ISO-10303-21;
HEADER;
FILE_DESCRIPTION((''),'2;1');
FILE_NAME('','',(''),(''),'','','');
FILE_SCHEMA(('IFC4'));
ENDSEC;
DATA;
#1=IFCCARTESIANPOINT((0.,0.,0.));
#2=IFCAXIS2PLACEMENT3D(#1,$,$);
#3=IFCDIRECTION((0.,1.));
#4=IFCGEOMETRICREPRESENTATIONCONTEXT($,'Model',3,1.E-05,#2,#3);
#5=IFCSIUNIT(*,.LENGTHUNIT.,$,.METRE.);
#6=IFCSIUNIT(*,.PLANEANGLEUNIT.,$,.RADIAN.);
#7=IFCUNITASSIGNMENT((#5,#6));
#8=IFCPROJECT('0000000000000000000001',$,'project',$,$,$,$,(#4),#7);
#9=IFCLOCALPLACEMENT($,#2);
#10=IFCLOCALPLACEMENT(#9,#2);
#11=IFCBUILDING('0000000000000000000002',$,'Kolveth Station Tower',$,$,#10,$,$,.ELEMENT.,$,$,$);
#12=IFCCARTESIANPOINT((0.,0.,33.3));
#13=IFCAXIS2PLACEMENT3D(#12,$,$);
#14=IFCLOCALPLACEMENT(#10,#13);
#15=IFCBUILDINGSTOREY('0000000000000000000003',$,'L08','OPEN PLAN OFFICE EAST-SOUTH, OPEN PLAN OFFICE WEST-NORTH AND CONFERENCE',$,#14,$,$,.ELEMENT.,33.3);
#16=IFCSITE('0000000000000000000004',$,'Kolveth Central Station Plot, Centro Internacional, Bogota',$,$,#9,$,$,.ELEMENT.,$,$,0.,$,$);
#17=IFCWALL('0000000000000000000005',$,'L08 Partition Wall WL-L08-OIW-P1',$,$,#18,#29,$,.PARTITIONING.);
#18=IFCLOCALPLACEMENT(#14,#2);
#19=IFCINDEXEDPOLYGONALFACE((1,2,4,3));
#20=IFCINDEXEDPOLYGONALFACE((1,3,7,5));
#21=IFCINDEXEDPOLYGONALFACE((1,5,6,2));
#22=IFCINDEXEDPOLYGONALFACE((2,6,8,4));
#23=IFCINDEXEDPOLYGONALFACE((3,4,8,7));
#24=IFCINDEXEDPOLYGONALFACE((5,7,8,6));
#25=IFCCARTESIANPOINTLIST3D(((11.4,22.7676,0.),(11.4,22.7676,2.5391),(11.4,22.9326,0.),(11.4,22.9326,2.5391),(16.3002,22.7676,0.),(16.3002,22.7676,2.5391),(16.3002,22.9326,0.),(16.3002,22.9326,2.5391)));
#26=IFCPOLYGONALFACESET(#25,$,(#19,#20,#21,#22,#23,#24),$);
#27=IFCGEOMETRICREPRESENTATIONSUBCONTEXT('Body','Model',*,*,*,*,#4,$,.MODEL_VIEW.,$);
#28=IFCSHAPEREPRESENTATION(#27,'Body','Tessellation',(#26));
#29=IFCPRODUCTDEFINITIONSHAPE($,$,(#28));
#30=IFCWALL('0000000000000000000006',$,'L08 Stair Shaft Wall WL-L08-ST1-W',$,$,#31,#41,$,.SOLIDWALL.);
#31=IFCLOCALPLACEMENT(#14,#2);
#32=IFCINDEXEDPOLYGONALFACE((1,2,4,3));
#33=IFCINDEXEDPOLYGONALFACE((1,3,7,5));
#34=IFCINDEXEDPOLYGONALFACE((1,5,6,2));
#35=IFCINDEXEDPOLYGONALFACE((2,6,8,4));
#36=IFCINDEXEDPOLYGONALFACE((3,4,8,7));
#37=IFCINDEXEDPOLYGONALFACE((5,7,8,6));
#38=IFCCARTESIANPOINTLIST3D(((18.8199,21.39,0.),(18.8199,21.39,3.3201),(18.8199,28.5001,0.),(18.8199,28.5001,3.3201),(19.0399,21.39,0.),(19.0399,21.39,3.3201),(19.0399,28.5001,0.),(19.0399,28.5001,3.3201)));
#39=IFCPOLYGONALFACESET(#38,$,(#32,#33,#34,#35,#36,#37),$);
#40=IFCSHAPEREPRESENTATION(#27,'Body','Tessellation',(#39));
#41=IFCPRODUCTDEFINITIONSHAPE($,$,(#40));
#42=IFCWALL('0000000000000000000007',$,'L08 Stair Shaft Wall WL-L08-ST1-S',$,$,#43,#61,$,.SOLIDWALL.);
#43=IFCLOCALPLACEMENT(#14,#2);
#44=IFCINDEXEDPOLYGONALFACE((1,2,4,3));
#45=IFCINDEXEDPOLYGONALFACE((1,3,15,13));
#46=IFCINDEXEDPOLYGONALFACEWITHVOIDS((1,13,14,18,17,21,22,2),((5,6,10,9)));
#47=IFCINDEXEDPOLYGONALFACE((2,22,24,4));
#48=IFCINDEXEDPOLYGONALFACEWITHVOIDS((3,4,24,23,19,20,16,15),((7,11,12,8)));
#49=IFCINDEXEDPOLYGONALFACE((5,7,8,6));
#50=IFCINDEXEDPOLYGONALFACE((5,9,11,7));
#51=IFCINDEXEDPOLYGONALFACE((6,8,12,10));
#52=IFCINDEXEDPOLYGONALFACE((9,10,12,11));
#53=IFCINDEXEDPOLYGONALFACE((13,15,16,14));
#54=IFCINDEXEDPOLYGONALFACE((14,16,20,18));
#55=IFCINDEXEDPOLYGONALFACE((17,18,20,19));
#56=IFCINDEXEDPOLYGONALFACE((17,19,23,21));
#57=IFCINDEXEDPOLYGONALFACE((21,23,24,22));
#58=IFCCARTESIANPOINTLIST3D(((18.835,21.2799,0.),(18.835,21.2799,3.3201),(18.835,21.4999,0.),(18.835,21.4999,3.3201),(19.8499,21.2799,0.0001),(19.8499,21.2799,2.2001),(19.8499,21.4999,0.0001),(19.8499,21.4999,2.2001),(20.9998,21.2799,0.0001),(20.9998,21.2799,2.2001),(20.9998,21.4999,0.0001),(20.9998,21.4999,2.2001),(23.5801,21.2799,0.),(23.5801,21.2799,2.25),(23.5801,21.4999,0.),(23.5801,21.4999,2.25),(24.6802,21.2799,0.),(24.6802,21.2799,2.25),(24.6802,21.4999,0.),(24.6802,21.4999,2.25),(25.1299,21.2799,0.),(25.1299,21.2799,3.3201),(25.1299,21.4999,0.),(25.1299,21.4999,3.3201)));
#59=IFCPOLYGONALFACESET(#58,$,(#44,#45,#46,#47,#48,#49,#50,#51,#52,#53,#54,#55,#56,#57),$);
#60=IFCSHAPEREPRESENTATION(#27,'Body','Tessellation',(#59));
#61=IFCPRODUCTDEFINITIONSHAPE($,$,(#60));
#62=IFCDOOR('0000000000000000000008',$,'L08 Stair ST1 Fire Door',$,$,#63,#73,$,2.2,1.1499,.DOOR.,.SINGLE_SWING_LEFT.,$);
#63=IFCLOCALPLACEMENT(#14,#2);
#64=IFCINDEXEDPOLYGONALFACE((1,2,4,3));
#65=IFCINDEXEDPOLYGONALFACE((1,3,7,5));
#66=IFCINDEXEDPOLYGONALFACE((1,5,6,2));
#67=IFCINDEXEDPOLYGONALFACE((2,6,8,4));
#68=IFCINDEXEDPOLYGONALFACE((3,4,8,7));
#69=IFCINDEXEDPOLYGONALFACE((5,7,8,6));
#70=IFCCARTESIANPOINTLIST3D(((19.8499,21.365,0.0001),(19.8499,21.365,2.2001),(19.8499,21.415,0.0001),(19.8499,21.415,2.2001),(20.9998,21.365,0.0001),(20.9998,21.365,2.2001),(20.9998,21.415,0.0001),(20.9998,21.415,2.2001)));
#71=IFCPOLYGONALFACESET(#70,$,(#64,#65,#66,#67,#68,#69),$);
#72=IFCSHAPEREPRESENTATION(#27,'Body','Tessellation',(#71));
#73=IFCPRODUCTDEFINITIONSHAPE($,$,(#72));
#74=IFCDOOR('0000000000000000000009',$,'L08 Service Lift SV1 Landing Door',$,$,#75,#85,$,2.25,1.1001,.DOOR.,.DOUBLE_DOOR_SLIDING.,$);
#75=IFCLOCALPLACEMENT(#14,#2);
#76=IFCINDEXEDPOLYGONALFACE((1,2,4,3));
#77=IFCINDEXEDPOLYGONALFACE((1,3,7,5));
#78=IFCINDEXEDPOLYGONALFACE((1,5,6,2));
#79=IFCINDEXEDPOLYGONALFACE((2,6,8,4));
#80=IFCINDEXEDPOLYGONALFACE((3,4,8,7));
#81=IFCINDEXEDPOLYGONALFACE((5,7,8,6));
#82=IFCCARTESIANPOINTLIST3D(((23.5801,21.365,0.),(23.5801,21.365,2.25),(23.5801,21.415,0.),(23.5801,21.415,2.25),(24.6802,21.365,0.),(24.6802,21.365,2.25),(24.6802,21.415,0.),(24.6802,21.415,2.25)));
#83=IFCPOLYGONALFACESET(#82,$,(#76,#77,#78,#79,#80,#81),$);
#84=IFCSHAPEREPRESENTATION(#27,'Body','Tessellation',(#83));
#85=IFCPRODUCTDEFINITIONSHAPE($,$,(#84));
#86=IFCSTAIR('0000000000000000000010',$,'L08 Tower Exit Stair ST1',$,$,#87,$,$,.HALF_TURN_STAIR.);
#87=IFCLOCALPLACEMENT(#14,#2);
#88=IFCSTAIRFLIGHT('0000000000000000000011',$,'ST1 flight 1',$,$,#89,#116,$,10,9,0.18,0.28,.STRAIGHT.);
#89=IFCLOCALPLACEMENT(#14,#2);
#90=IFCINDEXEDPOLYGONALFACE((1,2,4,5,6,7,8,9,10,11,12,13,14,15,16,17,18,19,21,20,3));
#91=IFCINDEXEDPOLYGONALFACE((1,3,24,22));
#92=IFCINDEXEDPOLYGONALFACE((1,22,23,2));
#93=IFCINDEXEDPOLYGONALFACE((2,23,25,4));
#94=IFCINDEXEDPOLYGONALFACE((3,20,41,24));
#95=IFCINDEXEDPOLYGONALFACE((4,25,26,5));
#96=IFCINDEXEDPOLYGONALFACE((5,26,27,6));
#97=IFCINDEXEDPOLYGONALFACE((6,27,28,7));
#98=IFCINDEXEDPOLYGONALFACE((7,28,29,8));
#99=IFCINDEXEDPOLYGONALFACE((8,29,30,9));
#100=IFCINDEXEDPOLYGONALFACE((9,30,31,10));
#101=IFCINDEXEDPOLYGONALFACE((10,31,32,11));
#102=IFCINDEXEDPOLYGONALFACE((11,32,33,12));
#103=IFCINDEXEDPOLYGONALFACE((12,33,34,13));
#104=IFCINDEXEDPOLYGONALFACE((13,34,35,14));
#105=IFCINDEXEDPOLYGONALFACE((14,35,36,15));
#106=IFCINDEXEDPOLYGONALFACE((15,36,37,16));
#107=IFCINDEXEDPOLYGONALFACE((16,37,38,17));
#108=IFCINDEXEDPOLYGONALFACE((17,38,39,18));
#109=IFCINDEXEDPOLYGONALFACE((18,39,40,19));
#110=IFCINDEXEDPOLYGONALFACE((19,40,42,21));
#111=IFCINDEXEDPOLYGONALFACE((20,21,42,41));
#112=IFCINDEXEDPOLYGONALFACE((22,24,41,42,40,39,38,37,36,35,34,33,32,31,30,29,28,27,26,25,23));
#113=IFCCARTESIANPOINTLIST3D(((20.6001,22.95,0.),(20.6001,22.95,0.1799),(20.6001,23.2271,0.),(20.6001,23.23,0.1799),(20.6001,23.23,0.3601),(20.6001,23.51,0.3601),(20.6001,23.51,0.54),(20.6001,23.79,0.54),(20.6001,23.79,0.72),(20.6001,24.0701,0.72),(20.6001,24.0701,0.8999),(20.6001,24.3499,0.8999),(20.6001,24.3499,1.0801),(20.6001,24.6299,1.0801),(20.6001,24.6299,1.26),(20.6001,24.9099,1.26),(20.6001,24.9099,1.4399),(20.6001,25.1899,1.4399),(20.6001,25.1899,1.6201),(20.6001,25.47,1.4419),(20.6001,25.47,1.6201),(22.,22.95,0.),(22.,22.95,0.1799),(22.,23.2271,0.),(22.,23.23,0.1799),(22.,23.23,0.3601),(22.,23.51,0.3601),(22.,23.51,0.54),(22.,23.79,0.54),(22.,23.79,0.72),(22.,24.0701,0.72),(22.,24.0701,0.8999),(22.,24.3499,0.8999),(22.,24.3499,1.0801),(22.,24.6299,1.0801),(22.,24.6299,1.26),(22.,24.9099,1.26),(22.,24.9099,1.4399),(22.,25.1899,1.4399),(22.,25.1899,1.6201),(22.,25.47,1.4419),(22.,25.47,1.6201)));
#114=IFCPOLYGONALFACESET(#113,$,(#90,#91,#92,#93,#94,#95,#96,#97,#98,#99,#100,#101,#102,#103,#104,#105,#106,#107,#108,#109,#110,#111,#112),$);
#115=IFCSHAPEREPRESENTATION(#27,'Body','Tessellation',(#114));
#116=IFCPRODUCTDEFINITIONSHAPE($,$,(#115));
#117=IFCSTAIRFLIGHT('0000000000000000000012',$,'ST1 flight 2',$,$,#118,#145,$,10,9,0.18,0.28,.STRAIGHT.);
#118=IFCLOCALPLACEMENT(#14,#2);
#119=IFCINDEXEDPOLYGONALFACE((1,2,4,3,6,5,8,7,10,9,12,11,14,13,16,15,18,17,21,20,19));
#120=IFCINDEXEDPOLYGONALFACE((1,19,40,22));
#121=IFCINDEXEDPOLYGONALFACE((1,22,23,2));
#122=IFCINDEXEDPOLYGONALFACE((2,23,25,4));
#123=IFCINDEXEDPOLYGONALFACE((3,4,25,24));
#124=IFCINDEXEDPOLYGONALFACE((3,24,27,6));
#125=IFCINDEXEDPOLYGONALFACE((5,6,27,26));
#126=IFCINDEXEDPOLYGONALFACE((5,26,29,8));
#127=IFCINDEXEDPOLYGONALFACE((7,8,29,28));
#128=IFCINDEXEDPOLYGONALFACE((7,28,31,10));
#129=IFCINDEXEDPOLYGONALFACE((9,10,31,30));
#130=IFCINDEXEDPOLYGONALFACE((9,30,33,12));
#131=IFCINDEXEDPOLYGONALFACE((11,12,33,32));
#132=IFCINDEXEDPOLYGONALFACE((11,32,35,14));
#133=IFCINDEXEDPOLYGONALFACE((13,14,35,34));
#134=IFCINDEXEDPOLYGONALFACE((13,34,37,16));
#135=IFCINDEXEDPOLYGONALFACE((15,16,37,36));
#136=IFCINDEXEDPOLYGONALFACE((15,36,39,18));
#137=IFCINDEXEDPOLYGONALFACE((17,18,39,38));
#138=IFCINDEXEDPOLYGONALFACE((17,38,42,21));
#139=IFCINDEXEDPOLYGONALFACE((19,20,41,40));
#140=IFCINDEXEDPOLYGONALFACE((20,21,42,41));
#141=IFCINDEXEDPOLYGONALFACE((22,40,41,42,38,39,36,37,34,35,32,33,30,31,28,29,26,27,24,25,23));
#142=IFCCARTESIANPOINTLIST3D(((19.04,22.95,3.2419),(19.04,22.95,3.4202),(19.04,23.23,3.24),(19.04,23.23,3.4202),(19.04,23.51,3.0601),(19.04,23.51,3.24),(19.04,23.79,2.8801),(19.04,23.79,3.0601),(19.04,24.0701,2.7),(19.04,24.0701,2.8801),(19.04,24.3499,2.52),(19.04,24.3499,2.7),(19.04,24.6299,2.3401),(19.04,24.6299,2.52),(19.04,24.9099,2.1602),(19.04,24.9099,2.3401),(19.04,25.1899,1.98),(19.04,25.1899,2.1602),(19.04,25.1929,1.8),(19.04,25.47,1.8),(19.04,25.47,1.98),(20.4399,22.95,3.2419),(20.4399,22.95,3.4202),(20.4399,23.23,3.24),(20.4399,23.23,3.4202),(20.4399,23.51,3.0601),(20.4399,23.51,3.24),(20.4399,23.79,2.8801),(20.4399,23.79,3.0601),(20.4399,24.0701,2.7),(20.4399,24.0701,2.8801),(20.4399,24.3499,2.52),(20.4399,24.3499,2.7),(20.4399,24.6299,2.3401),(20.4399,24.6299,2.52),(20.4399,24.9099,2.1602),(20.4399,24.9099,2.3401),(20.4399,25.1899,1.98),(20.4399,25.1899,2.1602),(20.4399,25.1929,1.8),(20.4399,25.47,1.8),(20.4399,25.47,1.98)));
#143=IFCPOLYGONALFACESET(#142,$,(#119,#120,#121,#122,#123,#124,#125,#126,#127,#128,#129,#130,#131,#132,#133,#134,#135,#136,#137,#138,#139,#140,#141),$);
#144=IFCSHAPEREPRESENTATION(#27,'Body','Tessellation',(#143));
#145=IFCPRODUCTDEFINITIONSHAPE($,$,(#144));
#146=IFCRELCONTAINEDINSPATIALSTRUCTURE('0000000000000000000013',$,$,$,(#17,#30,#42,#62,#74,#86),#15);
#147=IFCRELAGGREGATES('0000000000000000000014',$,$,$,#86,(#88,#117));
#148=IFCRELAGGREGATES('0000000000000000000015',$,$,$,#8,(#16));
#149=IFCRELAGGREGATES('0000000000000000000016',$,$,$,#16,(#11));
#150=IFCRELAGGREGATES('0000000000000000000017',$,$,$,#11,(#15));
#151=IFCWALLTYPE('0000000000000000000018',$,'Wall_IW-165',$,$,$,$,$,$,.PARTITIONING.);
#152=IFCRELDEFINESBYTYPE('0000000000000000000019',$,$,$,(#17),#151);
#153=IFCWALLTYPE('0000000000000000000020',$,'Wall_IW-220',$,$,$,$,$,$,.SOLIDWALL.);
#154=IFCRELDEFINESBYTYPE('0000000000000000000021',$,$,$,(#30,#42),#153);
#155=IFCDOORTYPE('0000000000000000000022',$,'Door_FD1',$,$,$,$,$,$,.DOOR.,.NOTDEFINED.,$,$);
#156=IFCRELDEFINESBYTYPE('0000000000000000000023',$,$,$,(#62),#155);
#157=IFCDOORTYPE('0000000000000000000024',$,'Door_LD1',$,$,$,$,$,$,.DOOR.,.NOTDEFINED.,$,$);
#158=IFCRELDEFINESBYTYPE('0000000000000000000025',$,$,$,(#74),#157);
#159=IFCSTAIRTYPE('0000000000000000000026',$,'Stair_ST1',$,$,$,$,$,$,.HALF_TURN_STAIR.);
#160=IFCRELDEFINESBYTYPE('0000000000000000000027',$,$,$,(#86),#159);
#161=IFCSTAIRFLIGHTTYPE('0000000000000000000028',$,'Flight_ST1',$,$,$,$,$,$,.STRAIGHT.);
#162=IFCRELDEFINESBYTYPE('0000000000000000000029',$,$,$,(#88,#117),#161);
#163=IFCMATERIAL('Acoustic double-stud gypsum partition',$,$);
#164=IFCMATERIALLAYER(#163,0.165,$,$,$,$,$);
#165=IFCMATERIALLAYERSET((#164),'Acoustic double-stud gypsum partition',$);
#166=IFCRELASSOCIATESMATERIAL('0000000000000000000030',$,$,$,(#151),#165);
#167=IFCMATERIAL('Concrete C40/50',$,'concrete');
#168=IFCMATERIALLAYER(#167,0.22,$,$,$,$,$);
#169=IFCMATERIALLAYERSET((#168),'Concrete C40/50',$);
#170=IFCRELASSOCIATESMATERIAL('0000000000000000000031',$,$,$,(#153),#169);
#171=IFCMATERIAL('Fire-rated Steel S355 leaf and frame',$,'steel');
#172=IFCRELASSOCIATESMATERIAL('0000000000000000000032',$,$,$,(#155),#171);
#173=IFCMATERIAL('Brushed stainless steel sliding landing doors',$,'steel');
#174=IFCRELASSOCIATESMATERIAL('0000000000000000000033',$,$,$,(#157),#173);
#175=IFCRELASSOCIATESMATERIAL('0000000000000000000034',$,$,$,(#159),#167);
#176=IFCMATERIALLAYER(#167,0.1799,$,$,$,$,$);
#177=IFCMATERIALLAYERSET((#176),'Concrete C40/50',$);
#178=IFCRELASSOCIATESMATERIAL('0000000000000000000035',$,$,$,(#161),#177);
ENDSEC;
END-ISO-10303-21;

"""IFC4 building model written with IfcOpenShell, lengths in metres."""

from ifc_helpers import new_model, si_unit, direction, frame, frame_2d, origin, place, context, subcontext, project, spatial, polyline, rectangle, outline, extrude, material, layer, layer_set, type_object, element, fill, aggregate, save


model = new_model("IFC4")

# Units and contexts
model_context = context("Model", 3, precision=1e-05, world=origin(), true_north=direction((0.0, 1.0)))
body_context = subcontext(model_context, "Body", "Model", "MODEL_VIEW")
ifc_project = project(units=[si_unit("LENGTHUNIT", "METRE"), si_unit("PLANEANGLEUNIT", "RADIAN")], contexts=[model_context])

# Site, building, storey
site_placement = place(None, origin())
site = spatial("IfcSite", under=ifc_project, at=site_placement, Name="Kolveth Central Station Plot, Centro Internacional, Bogota", CompositionType="ELEMENT", RefElevation=0.0)
building_placement = place(site_placement, origin())
building = spatial("IfcBuilding", under=site, at=building_placement, Name="Kolveth Station Tower", CompositionType="ELEMENT")
storey_placement = place(building_placement, frame((0.0, 0.0, 33.3)))
storey = spatial("IfcBuildingStorey", under=building, at=storey_placement, Name="L08", Description="OPEN PLAN OFFICE EAST-SOUTH, OPEN PLAN OFFICE WEST-NORTH AND CONFERENCE", CompositionType="ELEMENT", Elevation=33.3)

# Walls
ifc_material_1 = material(Name="Acoustic double-stud gypsum partition")
ifc_layer_1 = layer(ifc_material_1, 0.165)
ifc_layer_set_1 = layer_set([ifc_layer_1], Name="Acoustic double-stud gypsum partition")
wall_type_1 = type_object("IfcWallType", Name="Wall_IW-165", PredefinedType="PARTITIONING", material=ifc_layer_set_1)
wall_1_placement = place(storey_placement, frame((11.3999, 22.8501, 0.0), z_axis=(0.0, 0.0, 1.0), x_axis=(1.0, 0.0, 0.0)))
element("IfcWall", 1, at=wall_1_placement, inside=storey, type_object=wall_type_1, Name="L08 Partition Wall WL-L08-OIW-P1", PredefinedType="PARTITIONING", context=body_context, shape_type="SweptSolid", body=[
    extrude(rectangle(XDim=4.9001, YDim=0.165, at=frame_2d((2.4502, 0.0))), origin(), (0.0, 0.0, 1.0), 2.5391),
])
ifc_material_2 = material(Name="Concrete C40/50", Category="concrete")
ifc_layer_2 = layer(ifc_material_2, 0.22)
ifc_layer_set_2 = layer_set([ifc_layer_2], Name="Concrete C40/50")
wall_type_2 = type_object("IfcWallType", Name="Wall_IW-220", PredefinedType="SOLIDWALL", material=ifc_layer_set_2)
wall_2_placement = place(storey_placement, frame((18.9299, 21.3899, 0.0), z_axis=(0.0, 0.0, 1.0), x_axis=(0.0, 1.0, 0.0)))
element("IfcWall", 2, at=wall_2_placement, inside=storey, type_object=wall_type_2, Name="L08 Stair Shaft Wall WL-L08-ST1-W", PredefinedType="SOLIDWALL", context=body_context, shape_type="SweptSolid", body=[
    extrude(rectangle(XDim=7.1101, YDim=0.22, at=frame_2d((3.5552, 0.0))), origin(), (0.0, 0.0, 1.0), 3.3201),
])

# Wall, openings, doors
wall_3_placement = place(storey_placement, frame((18.835, 21.3899, 0.0), z_axis=(0.0, 0.0, 1.0), x_axis=(1.0, 0.0, 0.0)))
wall_3 = element("IfcWall", 3, at=wall_3_placement, inside=storey, type_object=wall_type_2, Name="L08 Stair Shaft Wall WL-L08-ST1-S", PredefinedType="SOLIDWALL", context=body_context, shape_type="SweptSolid", body=[
    extrude(rectangle(XDim=6.2949, YDim=0.22, at=frame_2d((3.1475, 0.0))), origin(), (0.0, 0.0, 1.0), 3.3201),
])
opening_1_placement = place(wall_3_placement, frame((1.0149, 0.0, 0.0)))
opening_1 = element("IfcOpeningElement", 4, at=opening_1_placement, cuts=wall_3, PredefinedType="OPENING", context=body_context, shape_type="SweptSolid", body=[
    extrude(rectangle(XDim=1.1499, YDim=2.2, at=frame_2d((0.575, 1.1001))), frame((0.0, 0.1199, 0.0), z_axis=(0.0, -1.0, 0.0), x_axis=(1.0, 0.0, 0.0)), (0.0, 0.0, 1.0), 0.24),
])
opening_2_placement = place(wall_3_placement, frame((4.7451, 0.0, 0.0)))
opening_2 = element("IfcOpeningElement", 5, at=opening_2_placement, cuts=wall_3, PredefinedType="OPENING", context=body_context, shape_type="SweptSolid", body=[
    extrude(rectangle(XDim=1.1001, YDim=2.25, at=frame_2d((0.55, 1.125))), frame((0.0, 0.1199, 0.0), z_axis=(0.0, -1.0, 0.0), x_axis=(1.0, 0.0, 0.0)), (0.0, 0.0, 1.0), 0.24),
])
ifc_material_3 = material(Name="Fire-rated Steel S355 leaf and frame", Category="steel")
door_type_1 = type_object("IfcDoorType", Name="Door_FD1", OperationType="NOTDEFINED", PredefinedType="DOOR", material=ifc_material_3)
door_1_placement = place(opening_1_placement, frame((1.1499, 0.0, 0.0), z_axis=(0.0, 0.0, 1.0), x_axis=(-1.0, 0.0, 0.0)))
door_1 = element("IfcDoor", 6, at=door_1_placement, inside=storey, type_object=door_type_1, Name="L08 Stair ST1 Fire Door", OperationType="SINGLE_SWING_LEFT", OverallHeight=2.2, OverallWidth=1.1499, PredefinedType="DOOR", context=body_context, shape_type="SweptSolid", body=[
    extrude(rectangle(XDim=1.1499, YDim=2.2, at=frame_2d((0.575, 1.1001))), frame((0.0, 0.0249, 0.0), z_axis=(0.0, -1.0, 0.0), x_axis=(1.0, 0.0, 0.0)), (0.0, 0.0, 1.0), 0.05),
])
fill(opening_1, door_1)
ifc_material_4 = material(Name="Brushed stainless steel sliding landing doors", Category="steel")
door_type_2 = type_object("IfcDoorType", Name="Door_LD1", OperationType="NOTDEFINED", PredefinedType="DOOR", material=ifc_material_4)
door_2_placement = place(opening_2_placement, frame((1.1001, 0.0, 0.0), z_axis=(0.0, 0.0, 1.0), x_axis=(-1.0, 0.0, 0.0)))
door_2 = element("IfcDoor", 7, at=door_2_placement, inside=storey, type_object=door_type_2, Name="L08 Service Lift SV1 Landing Door", OperationType="DOUBLE_DOOR_SLIDING", OverallHeight=2.25, OverallWidth=1.1001, PredefinedType="DOOR", context=body_context, shape_type="SweptSolid", body=[
    extrude(rectangle(XDim=1.1001, YDim=2.25, at=frame_2d((0.55, 1.125))), frame((0.0, 0.0249, 0.0), z_axis=(0.0, -1.0, 0.0), x_axis=(1.0, 0.0, 0.0)), (0.0, 0.0, 1.0), 0.05),
])
fill(opening_2, door_2)

# Stair, stair flights
stair_type = type_object("IfcStairType", Name="Stair_ST1", PredefinedType="HALF_TURN_STAIR", material=ifc_material_2)
stair_placement = place(storey_placement, origin())
stair = element("IfcStair", 8, at=stair_placement, inside=storey, type_object=stair_type, Name="L08 Tower Exit Stair ST1", PredefinedType="HALF_TURN_STAIR")
ifc_layer_3 = layer(ifc_material_2, 0.1799)
ifc_layer_set_3 = layer_set([ifc_layer_3], Name="Concrete C40/50")
stair_flight_type = type_object("IfcStairFlightType", Name="Flight_ST1", PredefinedType="STRAIGHT", material=ifc_layer_set_3)
stair_flight_1_placement = place(storey_placement, frame((21.3, 22.95, 0.0), z_axis=(0.0, 0.0, 1.0), x_axis=(0.0, 1.0, 0.0)))
stair_flight_1 = element("IfcStairFlight", 9, at=stair_flight_1_placement, type_object=stair_flight_type, Name="ST1 flight 1", NumberOfRisers=10, NumberOfTreads=9, PredefinedType="STRAIGHT", RiserHeight=0.18, TreadLength=0.28, context=body_context, shape_type="SweptSolid", body=[
    extrude(outline(polyline([(0.0, 0.0), (0.0, 0.1799), (0.28, 0.1799), (0.28, 0.3601), (0.5601, 0.3601), (0.5601, 0.54), (0.8401, 0.54), (0.8401, 0.72), (1.1201, 0.72), (1.1201, 0.8999), (1.3999, 0.8999), (1.3999, 1.0801), (1.6799, 1.0801), (1.6799, 1.26), (1.96, 1.26), (1.96, 1.4399), (2.24, 1.4399), (2.24, 1.6201), (2.52, 1.6201), (2.52, 1.8), (2.52, 1.4419), (0.2771, 0.0), (0.0, 0.0)])), frame((0.0, 0.7, 0.0), z_axis=(0.0, -1.0, 0.0), x_axis=(1.0, 0.0, 0.0)), (0.0, 0.0, 1.0), 1.3999),
])
stair_flight_2_placement = place(storey_placement, frame((19.74, 25.47, 1.8), z_axis=(0.0, 0.0, 1.0), x_axis=(0.0, -1.0, 0.0)))
stair_flight_2 = element("IfcStairFlight", 10, at=stair_flight_2_placement, type_object=stair_flight_type, Name="ST1 flight 2", NumberOfRisers=10, NumberOfTreads=9, PredefinedType="STRAIGHT", RiserHeight=0.18, TreadLength=0.28, context=body_context, shape_type="SweptSolid", body=[
    extrude(outline(polyline([(0.0, 0.0), (0.0, 0.1799), (0.28, 0.1799), (0.28, 0.3601), (0.5601, 0.3601), (0.5601, 0.54), (0.8401, 0.54), (0.8401, 0.72), (1.1201, 0.72), (1.1201, 0.8999), (1.3999, 0.8999), (1.3999, 1.0801), (1.6799, 1.0801), (1.6799, 1.26), (1.96, 1.26), (1.96, 1.4399), (2.24, 1.4399), (2.24, 1.6201), (2.52, 1.6201), (2.52, 1.8), (2.52, 1.4419), (0.2771, 0.0), (0.0, 0.0)])), frame((0.0, 0.7, 0.0), z_axis=(0.0, -1.0, 0.0), x_axis=(1.0, 0.0, 0.0)), (0.0, 0.0, 1.0), 1.3999),
])
aggregate(stair, [stair_flight_1, stair_flight_2])

save(model, "model.ifc")
